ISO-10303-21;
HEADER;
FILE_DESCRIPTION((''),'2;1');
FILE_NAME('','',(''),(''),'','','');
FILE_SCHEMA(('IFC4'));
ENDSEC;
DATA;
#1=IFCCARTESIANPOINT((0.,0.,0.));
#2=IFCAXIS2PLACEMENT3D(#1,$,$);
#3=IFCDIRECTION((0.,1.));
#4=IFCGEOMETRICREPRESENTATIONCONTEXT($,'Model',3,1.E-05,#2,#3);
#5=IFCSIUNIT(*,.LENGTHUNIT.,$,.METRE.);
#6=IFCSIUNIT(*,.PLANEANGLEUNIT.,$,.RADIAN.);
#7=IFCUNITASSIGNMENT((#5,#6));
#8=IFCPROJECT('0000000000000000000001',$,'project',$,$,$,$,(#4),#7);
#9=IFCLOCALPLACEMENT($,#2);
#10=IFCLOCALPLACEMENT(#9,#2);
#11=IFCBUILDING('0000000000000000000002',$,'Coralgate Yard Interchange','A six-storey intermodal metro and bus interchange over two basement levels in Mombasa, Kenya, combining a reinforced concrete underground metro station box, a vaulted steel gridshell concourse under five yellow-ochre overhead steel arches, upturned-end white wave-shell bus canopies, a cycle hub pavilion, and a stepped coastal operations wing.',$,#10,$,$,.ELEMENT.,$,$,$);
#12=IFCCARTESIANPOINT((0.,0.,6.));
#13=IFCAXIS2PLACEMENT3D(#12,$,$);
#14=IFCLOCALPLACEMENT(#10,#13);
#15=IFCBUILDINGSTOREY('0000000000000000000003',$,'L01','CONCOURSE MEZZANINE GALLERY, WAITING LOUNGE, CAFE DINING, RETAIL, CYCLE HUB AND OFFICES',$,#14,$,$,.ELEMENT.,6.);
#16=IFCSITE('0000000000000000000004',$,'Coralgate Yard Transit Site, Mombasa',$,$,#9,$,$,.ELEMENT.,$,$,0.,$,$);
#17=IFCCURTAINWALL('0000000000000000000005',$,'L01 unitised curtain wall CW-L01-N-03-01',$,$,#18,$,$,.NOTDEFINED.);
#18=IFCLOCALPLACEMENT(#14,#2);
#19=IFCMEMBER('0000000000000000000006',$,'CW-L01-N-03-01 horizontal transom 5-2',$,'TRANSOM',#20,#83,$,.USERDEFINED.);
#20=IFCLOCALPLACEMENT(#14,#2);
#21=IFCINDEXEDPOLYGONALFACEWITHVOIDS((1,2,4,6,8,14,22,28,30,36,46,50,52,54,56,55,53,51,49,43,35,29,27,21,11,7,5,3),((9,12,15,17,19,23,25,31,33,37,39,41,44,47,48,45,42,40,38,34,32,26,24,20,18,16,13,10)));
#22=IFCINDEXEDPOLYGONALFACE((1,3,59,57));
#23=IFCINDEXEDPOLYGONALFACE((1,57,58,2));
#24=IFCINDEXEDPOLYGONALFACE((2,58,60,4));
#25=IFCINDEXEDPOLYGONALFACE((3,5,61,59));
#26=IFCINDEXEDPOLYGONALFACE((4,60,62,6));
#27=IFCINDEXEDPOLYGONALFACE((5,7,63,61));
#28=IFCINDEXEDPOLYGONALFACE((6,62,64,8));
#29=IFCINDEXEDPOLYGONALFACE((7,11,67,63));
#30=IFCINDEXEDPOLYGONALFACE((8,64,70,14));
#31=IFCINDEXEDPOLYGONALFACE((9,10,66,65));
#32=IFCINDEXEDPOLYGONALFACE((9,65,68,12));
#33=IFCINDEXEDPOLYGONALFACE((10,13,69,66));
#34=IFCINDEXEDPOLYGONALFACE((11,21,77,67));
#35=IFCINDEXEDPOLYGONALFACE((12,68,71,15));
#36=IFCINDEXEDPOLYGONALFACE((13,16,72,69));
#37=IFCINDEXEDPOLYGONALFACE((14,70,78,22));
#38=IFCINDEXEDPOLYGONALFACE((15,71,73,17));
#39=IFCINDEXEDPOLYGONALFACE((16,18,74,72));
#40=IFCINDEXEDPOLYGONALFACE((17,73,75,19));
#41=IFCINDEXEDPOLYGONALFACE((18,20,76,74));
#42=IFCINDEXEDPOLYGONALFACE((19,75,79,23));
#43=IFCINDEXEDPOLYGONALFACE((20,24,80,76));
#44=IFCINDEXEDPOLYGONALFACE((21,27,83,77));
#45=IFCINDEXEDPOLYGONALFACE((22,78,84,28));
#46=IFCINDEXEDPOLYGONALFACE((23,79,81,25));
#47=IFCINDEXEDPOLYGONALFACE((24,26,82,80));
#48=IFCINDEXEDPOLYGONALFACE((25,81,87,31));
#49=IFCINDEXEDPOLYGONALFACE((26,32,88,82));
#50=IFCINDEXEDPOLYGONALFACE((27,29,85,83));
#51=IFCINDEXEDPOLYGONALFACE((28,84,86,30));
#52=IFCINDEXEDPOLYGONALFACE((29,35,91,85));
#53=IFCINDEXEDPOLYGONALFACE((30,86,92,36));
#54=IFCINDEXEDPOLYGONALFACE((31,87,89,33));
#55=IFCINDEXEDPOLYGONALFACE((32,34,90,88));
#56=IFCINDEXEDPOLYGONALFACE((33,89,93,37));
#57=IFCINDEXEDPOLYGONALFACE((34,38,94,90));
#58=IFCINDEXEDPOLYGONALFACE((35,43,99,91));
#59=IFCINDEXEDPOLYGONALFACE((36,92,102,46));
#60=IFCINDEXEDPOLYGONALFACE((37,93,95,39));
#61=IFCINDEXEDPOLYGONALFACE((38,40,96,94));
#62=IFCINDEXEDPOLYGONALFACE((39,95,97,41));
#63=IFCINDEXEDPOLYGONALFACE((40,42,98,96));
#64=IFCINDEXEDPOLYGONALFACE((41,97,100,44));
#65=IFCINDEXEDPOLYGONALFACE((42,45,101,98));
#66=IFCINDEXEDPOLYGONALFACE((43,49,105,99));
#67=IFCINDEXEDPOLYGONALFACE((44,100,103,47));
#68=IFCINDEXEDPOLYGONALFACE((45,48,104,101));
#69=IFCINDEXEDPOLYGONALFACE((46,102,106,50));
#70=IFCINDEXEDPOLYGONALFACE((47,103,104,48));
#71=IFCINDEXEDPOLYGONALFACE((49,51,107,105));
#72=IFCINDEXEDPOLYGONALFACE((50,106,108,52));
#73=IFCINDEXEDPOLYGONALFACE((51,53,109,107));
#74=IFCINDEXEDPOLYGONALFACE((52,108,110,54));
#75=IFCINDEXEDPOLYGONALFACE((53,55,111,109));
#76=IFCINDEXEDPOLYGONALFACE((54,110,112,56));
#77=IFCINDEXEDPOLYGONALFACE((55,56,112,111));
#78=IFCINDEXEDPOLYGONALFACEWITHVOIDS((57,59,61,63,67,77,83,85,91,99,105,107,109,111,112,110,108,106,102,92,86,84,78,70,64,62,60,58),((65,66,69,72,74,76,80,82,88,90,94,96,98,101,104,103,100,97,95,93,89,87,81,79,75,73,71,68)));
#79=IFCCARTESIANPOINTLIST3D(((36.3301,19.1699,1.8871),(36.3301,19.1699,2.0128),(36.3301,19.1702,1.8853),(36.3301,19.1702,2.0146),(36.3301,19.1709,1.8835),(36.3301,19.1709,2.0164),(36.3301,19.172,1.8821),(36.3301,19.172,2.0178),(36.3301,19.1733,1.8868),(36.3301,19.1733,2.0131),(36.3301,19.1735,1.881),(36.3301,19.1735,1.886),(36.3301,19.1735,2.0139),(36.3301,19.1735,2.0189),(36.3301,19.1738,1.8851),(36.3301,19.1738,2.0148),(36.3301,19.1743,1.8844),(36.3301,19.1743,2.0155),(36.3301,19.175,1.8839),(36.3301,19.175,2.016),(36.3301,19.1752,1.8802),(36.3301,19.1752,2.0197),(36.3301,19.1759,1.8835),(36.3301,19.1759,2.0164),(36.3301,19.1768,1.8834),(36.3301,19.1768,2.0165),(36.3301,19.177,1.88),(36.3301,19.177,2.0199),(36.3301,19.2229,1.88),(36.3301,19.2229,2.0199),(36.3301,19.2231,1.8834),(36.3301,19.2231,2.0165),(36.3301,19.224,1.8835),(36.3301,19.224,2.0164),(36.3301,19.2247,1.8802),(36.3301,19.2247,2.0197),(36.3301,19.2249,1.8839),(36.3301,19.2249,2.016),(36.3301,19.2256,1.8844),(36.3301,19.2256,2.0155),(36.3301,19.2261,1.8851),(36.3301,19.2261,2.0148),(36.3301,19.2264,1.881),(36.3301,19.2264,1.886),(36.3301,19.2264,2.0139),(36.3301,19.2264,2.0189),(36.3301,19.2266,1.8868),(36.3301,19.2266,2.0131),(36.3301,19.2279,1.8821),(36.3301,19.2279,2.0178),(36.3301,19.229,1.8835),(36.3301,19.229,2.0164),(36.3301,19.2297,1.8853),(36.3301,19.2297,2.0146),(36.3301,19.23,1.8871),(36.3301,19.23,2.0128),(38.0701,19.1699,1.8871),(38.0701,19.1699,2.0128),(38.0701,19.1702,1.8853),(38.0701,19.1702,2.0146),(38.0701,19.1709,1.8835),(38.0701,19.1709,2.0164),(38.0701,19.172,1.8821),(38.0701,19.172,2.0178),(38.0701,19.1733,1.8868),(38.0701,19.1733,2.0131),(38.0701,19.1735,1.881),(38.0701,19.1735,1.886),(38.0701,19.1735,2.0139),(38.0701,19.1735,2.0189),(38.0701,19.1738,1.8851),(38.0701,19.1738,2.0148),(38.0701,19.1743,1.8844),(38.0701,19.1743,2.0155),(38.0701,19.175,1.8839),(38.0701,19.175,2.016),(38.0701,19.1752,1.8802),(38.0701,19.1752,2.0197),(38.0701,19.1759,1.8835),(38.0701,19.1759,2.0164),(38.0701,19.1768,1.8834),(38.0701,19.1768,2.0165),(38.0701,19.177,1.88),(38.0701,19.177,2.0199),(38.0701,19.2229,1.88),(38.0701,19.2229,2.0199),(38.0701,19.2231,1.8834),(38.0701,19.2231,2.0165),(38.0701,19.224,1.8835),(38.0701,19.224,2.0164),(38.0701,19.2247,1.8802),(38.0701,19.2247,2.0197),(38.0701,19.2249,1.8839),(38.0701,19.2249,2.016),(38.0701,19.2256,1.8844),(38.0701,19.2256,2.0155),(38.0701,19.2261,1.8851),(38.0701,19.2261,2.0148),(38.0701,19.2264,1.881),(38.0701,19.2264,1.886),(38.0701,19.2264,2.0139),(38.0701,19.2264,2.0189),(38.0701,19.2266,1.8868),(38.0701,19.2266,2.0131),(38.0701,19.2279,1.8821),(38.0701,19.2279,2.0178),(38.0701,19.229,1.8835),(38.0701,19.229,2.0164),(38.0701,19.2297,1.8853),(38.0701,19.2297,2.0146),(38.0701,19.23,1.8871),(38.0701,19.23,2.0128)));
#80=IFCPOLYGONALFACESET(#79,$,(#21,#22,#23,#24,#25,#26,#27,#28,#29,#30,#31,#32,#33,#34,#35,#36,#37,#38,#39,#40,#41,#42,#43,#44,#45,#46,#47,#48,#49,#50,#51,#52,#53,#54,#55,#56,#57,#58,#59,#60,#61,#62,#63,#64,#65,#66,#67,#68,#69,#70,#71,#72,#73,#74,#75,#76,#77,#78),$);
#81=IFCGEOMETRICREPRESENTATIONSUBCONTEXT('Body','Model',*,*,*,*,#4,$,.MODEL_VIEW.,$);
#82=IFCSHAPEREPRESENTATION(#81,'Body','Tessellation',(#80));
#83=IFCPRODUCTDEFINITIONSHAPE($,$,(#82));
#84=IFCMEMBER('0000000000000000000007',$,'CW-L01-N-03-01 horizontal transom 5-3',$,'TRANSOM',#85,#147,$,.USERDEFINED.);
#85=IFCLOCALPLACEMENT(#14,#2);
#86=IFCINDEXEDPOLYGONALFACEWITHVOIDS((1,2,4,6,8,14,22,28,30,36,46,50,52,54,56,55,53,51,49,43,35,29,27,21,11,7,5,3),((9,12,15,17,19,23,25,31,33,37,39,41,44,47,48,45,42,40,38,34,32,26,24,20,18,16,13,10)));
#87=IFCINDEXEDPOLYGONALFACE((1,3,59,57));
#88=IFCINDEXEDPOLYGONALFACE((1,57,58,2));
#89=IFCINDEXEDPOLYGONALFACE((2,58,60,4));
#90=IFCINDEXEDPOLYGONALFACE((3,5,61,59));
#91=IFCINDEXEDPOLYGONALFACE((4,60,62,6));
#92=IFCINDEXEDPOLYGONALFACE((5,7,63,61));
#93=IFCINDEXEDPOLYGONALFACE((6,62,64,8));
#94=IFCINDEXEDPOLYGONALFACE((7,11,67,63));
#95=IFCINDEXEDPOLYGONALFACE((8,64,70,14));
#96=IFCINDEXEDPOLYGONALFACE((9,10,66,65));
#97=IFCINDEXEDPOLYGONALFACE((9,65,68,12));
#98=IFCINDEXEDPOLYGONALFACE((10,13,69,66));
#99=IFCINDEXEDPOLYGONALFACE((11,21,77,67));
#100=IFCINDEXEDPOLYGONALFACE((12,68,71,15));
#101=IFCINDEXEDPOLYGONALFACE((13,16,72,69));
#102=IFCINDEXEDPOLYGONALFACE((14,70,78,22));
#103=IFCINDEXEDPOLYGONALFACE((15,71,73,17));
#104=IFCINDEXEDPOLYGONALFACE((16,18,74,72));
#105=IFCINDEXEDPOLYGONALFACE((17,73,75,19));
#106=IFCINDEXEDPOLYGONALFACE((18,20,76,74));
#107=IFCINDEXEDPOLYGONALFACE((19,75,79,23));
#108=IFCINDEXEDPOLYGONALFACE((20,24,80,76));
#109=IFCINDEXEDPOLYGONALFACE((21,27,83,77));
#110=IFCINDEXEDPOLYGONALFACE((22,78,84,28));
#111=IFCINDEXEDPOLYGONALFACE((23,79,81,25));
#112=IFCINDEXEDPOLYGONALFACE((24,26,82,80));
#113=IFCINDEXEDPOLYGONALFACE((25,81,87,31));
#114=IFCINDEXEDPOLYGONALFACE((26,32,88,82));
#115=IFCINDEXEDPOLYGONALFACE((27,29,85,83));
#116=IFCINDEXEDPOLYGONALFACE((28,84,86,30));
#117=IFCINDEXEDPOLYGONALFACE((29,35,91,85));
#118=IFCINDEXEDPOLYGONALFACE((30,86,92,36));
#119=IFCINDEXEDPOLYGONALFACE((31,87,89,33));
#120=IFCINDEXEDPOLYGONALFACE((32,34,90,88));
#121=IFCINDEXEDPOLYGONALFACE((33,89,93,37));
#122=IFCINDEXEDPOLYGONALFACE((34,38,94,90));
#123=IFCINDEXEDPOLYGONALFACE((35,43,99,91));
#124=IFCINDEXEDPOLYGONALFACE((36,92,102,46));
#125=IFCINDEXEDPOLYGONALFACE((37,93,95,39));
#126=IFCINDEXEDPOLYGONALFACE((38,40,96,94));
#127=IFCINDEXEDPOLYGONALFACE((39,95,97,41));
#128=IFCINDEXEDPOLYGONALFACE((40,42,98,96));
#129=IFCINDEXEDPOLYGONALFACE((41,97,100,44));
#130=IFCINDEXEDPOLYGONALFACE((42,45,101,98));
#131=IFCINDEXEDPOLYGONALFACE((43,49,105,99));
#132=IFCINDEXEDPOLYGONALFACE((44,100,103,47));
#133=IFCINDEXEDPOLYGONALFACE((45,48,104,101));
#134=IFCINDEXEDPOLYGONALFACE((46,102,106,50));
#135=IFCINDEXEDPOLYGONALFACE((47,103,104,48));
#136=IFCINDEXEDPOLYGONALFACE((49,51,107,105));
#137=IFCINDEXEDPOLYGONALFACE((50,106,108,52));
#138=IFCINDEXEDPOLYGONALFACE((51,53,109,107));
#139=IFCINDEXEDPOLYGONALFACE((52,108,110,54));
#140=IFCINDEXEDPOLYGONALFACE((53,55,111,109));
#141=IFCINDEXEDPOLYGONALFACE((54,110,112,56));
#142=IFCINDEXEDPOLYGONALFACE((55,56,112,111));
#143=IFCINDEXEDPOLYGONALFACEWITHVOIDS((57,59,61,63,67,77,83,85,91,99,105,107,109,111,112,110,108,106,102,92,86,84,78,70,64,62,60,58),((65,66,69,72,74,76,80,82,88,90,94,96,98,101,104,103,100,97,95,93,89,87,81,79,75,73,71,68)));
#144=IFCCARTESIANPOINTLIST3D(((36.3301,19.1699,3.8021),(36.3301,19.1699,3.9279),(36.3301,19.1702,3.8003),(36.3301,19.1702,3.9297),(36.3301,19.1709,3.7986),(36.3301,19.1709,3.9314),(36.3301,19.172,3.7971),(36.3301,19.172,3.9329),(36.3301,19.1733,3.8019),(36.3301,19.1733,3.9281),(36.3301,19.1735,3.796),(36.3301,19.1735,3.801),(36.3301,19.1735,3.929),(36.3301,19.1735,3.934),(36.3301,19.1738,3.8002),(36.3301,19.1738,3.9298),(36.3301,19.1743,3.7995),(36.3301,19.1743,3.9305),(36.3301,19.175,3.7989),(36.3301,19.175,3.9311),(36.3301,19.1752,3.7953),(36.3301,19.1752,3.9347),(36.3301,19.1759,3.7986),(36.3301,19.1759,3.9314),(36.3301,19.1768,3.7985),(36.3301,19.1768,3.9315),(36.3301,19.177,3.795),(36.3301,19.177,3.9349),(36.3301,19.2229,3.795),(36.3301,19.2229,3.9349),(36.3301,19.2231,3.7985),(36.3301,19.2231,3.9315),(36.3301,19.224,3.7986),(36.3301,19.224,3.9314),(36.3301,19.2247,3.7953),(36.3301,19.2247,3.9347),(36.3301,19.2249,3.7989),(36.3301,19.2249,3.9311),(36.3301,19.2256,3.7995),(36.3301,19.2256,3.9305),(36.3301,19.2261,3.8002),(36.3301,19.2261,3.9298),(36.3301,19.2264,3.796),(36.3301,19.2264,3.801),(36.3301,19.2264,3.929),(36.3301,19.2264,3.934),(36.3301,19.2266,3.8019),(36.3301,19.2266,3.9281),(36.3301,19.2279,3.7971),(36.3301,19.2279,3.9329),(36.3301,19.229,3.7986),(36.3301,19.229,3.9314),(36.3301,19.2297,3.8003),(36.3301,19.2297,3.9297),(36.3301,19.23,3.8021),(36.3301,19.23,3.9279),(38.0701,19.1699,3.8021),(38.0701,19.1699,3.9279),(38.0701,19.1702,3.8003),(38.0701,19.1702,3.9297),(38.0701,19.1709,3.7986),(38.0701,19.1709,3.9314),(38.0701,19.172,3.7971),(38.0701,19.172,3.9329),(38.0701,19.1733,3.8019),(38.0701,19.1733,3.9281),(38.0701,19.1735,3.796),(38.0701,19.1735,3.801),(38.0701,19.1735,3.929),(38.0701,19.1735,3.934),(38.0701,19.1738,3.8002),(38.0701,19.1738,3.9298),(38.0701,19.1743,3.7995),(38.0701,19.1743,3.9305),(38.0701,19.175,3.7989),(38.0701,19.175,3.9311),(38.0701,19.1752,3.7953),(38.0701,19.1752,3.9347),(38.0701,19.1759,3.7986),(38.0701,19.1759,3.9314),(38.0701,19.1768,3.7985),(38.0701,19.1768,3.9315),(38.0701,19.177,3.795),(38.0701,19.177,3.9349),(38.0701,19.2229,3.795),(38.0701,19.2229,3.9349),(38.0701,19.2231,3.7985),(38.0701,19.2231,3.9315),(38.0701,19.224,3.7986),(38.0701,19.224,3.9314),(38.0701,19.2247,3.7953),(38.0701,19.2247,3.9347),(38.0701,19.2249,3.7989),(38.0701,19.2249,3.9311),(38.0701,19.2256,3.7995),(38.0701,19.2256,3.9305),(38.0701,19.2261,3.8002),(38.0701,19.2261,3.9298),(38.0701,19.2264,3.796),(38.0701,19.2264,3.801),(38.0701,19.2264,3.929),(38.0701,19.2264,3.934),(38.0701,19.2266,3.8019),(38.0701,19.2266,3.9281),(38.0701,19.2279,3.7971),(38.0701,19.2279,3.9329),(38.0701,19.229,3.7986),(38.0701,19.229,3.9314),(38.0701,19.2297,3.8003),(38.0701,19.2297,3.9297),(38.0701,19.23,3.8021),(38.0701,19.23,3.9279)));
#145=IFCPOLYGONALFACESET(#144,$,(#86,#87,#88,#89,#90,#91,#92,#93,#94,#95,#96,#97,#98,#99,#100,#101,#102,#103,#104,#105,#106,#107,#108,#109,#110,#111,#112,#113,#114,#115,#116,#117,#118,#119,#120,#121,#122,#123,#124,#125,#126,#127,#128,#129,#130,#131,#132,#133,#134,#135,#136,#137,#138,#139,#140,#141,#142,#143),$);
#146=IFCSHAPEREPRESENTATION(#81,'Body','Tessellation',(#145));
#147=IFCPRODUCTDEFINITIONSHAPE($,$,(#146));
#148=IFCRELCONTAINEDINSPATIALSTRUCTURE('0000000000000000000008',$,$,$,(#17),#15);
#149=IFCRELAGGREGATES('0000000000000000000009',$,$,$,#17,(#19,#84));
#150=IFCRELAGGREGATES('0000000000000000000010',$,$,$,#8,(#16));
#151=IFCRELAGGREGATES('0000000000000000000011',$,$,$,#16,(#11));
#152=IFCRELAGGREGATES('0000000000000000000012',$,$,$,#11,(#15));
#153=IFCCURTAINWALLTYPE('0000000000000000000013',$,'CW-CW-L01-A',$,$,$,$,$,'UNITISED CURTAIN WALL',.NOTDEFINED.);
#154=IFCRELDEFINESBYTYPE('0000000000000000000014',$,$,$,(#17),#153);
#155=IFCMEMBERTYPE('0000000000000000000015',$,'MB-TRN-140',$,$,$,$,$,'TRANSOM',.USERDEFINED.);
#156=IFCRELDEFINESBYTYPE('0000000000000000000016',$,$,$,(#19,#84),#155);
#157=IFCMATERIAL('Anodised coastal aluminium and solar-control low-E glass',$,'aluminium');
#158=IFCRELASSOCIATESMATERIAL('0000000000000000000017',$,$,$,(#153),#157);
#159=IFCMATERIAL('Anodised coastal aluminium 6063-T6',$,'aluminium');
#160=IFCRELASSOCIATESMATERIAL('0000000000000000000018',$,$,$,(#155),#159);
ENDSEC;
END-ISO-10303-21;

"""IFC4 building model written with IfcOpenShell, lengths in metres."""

from ifc_helpers import new_model, si_unit, direction, frame, origin, origin_2d, place, context, subcontext, project, spatial, hollow_rectangle, extrude, material, material_profile, profile_set, type_object, element, aggregate, save


model = new_model("IFC4")

# Units and contexts
model_context = context("Model", 3, precision=1e-05, world=origin(), true_north=direction((0.0, 1.0)))
body_context = subcontext(model_context, "Body", "Model", "MODEL_VIEW")
ifc_project = project(units=[si_unit("LENGTHUNIT", "METRE"), si_unit("PLANEANGLEUNIT", "RADIAN")], contexts=[model_context])

# Site, building, storey
site_placement = place(None, origin())
site = spatial("IfcSite", under=ifc_project, at=site_placement, Name="Coralgate Yard Transit Site, Mombasa", CompositionType="ELEMENT", RefElevation=0.0)
building_placement = place(site_placement, origin())
building = spatial("IfcBuilding", under=site, at=building_placement, Name="Coralgate Yard Interchange", Description="A six-storey intermodal metro and bus interchange over two basement levels in Mombasa, Kenya, combining a reinforced concrete underground metro station box, a vaulted steel gridshell concourse under five yellow-ochre overhead steel arches, upturned-end white wave-shell bus canopies, a cycle hub pavilion, and a stepped coastal operations wing.", CompositionType="ELEMENT")
storey_placement = place(building_placement, frame((0.0, 0.0, 6.0)))
storey = spatial("IfcBuildingStorey", under=building, at=storey_placement, Name="L01", Description="CONCOURSE MEZZANINE GALLERY, WAITING LOUNGE, CAFE DINING, RETAIL, CYCLE HUB AND OFFICES", CompositionType="ELEMENT", Elevation=6.0)

# Curtain wall
ifc_material_1 = material(Name="Anodised coastal aluminium and solar-control low-E glass", Category="aluminium")
curtain_wall_type = type_object("IfcCurtainWallType", Name="CW-CW-L01-A", ElementType="UNITISED CURTAIN WALL", PredefinedType="NOTDEFINED", material=ifc_material_1)
curtain_wall_1_placement = place(storey_placement, origin())
curtain_wall_1 = element("IfcCurtainWall", 1, at=curtain_wall_1_placement, inside=storey, type_object=curtain_wall_type, Name="L01 unitised curtain wall CW-L01-N-03-01", PredefinedType="NOTDEFINED")
ifc_material_2 = material(Name="Anodised coastal aluminium 6063-T6", Category="aluminium")

# Members
ifc_material_profile_1 = material_profile(ifc_material_2, hollow_rectangle(XDim=0.0601, YDim=0.1399, WallThickness=0.0034, InnerFilletRadius=0.0034, OuterFilletRadius=0.0071, at=origin_2d()), Name="ALU 60x140x3.5")
ifc_profile_set_1 = profile_set([ifc_material_profile_1], Name="Anodised coastal aluminium 6063-T6")
member_type_1 = type_object("IfcMemberType", Name="MB-TRN-140", ElementType="TRANSOM", PredefinedType="USERDEFINED", material=ifc_profile_set_1)
member_1_placement = place(storey_placement, frame((36.3301, 19.2, 1.95), z_axis=(1.0, 0.0, 0.0), x_axis=(0.0, 1.0, 0.0)))
member_1 = element("IfcMember", 2, at=member_1_placement, type_object=member_type_1, Name="CW-L01-N-03-01 horizontal transom 5-2", ObjectType="TRANSOM", PredefinedType="USERDEFINED", context=body_context, shape_type="SweptSolid", body=[
    extrude(hollow_rectangle(XDim=0.0601, YDim=0.1399, WallThickness=0.0034, InnerFilletRadius=0.0034, OuterFilletRadius=0.0071, at=origin_2d()), origin(), (0.0, 0.0, 1.0), 1.74),
])
member_2_placement = place(storey_placement, frame((36.3301, 19.2, 3.865), z_axis=(1.0, 0.0, 0.0), x_axis=(0.0, 1.0, 0.0)))
member_2 = element("IfcMember", 3, at=member_2_placement, type_object=member_type_1, Name="CW-L01-N-03-01 horizontal transom 5-3", ObjectType="TRANSOM", PredefinedType="USERDEFINED", context=body_context, shape_type="SweptSolid", body=[
    extrude(hollow_rectangle(XDim=0.0601, YDim=0.1399, WallThickness=0.0034, InnerFilletRadius=0.0034, OuterFilletRadius=0.0071, at=origin_2d()), origin(), (0.0, 0.0, 1.0), 1.74),
])

aggregate(curtain_wall_1, [member_1, member_2])

save(model, "model.ifc")
